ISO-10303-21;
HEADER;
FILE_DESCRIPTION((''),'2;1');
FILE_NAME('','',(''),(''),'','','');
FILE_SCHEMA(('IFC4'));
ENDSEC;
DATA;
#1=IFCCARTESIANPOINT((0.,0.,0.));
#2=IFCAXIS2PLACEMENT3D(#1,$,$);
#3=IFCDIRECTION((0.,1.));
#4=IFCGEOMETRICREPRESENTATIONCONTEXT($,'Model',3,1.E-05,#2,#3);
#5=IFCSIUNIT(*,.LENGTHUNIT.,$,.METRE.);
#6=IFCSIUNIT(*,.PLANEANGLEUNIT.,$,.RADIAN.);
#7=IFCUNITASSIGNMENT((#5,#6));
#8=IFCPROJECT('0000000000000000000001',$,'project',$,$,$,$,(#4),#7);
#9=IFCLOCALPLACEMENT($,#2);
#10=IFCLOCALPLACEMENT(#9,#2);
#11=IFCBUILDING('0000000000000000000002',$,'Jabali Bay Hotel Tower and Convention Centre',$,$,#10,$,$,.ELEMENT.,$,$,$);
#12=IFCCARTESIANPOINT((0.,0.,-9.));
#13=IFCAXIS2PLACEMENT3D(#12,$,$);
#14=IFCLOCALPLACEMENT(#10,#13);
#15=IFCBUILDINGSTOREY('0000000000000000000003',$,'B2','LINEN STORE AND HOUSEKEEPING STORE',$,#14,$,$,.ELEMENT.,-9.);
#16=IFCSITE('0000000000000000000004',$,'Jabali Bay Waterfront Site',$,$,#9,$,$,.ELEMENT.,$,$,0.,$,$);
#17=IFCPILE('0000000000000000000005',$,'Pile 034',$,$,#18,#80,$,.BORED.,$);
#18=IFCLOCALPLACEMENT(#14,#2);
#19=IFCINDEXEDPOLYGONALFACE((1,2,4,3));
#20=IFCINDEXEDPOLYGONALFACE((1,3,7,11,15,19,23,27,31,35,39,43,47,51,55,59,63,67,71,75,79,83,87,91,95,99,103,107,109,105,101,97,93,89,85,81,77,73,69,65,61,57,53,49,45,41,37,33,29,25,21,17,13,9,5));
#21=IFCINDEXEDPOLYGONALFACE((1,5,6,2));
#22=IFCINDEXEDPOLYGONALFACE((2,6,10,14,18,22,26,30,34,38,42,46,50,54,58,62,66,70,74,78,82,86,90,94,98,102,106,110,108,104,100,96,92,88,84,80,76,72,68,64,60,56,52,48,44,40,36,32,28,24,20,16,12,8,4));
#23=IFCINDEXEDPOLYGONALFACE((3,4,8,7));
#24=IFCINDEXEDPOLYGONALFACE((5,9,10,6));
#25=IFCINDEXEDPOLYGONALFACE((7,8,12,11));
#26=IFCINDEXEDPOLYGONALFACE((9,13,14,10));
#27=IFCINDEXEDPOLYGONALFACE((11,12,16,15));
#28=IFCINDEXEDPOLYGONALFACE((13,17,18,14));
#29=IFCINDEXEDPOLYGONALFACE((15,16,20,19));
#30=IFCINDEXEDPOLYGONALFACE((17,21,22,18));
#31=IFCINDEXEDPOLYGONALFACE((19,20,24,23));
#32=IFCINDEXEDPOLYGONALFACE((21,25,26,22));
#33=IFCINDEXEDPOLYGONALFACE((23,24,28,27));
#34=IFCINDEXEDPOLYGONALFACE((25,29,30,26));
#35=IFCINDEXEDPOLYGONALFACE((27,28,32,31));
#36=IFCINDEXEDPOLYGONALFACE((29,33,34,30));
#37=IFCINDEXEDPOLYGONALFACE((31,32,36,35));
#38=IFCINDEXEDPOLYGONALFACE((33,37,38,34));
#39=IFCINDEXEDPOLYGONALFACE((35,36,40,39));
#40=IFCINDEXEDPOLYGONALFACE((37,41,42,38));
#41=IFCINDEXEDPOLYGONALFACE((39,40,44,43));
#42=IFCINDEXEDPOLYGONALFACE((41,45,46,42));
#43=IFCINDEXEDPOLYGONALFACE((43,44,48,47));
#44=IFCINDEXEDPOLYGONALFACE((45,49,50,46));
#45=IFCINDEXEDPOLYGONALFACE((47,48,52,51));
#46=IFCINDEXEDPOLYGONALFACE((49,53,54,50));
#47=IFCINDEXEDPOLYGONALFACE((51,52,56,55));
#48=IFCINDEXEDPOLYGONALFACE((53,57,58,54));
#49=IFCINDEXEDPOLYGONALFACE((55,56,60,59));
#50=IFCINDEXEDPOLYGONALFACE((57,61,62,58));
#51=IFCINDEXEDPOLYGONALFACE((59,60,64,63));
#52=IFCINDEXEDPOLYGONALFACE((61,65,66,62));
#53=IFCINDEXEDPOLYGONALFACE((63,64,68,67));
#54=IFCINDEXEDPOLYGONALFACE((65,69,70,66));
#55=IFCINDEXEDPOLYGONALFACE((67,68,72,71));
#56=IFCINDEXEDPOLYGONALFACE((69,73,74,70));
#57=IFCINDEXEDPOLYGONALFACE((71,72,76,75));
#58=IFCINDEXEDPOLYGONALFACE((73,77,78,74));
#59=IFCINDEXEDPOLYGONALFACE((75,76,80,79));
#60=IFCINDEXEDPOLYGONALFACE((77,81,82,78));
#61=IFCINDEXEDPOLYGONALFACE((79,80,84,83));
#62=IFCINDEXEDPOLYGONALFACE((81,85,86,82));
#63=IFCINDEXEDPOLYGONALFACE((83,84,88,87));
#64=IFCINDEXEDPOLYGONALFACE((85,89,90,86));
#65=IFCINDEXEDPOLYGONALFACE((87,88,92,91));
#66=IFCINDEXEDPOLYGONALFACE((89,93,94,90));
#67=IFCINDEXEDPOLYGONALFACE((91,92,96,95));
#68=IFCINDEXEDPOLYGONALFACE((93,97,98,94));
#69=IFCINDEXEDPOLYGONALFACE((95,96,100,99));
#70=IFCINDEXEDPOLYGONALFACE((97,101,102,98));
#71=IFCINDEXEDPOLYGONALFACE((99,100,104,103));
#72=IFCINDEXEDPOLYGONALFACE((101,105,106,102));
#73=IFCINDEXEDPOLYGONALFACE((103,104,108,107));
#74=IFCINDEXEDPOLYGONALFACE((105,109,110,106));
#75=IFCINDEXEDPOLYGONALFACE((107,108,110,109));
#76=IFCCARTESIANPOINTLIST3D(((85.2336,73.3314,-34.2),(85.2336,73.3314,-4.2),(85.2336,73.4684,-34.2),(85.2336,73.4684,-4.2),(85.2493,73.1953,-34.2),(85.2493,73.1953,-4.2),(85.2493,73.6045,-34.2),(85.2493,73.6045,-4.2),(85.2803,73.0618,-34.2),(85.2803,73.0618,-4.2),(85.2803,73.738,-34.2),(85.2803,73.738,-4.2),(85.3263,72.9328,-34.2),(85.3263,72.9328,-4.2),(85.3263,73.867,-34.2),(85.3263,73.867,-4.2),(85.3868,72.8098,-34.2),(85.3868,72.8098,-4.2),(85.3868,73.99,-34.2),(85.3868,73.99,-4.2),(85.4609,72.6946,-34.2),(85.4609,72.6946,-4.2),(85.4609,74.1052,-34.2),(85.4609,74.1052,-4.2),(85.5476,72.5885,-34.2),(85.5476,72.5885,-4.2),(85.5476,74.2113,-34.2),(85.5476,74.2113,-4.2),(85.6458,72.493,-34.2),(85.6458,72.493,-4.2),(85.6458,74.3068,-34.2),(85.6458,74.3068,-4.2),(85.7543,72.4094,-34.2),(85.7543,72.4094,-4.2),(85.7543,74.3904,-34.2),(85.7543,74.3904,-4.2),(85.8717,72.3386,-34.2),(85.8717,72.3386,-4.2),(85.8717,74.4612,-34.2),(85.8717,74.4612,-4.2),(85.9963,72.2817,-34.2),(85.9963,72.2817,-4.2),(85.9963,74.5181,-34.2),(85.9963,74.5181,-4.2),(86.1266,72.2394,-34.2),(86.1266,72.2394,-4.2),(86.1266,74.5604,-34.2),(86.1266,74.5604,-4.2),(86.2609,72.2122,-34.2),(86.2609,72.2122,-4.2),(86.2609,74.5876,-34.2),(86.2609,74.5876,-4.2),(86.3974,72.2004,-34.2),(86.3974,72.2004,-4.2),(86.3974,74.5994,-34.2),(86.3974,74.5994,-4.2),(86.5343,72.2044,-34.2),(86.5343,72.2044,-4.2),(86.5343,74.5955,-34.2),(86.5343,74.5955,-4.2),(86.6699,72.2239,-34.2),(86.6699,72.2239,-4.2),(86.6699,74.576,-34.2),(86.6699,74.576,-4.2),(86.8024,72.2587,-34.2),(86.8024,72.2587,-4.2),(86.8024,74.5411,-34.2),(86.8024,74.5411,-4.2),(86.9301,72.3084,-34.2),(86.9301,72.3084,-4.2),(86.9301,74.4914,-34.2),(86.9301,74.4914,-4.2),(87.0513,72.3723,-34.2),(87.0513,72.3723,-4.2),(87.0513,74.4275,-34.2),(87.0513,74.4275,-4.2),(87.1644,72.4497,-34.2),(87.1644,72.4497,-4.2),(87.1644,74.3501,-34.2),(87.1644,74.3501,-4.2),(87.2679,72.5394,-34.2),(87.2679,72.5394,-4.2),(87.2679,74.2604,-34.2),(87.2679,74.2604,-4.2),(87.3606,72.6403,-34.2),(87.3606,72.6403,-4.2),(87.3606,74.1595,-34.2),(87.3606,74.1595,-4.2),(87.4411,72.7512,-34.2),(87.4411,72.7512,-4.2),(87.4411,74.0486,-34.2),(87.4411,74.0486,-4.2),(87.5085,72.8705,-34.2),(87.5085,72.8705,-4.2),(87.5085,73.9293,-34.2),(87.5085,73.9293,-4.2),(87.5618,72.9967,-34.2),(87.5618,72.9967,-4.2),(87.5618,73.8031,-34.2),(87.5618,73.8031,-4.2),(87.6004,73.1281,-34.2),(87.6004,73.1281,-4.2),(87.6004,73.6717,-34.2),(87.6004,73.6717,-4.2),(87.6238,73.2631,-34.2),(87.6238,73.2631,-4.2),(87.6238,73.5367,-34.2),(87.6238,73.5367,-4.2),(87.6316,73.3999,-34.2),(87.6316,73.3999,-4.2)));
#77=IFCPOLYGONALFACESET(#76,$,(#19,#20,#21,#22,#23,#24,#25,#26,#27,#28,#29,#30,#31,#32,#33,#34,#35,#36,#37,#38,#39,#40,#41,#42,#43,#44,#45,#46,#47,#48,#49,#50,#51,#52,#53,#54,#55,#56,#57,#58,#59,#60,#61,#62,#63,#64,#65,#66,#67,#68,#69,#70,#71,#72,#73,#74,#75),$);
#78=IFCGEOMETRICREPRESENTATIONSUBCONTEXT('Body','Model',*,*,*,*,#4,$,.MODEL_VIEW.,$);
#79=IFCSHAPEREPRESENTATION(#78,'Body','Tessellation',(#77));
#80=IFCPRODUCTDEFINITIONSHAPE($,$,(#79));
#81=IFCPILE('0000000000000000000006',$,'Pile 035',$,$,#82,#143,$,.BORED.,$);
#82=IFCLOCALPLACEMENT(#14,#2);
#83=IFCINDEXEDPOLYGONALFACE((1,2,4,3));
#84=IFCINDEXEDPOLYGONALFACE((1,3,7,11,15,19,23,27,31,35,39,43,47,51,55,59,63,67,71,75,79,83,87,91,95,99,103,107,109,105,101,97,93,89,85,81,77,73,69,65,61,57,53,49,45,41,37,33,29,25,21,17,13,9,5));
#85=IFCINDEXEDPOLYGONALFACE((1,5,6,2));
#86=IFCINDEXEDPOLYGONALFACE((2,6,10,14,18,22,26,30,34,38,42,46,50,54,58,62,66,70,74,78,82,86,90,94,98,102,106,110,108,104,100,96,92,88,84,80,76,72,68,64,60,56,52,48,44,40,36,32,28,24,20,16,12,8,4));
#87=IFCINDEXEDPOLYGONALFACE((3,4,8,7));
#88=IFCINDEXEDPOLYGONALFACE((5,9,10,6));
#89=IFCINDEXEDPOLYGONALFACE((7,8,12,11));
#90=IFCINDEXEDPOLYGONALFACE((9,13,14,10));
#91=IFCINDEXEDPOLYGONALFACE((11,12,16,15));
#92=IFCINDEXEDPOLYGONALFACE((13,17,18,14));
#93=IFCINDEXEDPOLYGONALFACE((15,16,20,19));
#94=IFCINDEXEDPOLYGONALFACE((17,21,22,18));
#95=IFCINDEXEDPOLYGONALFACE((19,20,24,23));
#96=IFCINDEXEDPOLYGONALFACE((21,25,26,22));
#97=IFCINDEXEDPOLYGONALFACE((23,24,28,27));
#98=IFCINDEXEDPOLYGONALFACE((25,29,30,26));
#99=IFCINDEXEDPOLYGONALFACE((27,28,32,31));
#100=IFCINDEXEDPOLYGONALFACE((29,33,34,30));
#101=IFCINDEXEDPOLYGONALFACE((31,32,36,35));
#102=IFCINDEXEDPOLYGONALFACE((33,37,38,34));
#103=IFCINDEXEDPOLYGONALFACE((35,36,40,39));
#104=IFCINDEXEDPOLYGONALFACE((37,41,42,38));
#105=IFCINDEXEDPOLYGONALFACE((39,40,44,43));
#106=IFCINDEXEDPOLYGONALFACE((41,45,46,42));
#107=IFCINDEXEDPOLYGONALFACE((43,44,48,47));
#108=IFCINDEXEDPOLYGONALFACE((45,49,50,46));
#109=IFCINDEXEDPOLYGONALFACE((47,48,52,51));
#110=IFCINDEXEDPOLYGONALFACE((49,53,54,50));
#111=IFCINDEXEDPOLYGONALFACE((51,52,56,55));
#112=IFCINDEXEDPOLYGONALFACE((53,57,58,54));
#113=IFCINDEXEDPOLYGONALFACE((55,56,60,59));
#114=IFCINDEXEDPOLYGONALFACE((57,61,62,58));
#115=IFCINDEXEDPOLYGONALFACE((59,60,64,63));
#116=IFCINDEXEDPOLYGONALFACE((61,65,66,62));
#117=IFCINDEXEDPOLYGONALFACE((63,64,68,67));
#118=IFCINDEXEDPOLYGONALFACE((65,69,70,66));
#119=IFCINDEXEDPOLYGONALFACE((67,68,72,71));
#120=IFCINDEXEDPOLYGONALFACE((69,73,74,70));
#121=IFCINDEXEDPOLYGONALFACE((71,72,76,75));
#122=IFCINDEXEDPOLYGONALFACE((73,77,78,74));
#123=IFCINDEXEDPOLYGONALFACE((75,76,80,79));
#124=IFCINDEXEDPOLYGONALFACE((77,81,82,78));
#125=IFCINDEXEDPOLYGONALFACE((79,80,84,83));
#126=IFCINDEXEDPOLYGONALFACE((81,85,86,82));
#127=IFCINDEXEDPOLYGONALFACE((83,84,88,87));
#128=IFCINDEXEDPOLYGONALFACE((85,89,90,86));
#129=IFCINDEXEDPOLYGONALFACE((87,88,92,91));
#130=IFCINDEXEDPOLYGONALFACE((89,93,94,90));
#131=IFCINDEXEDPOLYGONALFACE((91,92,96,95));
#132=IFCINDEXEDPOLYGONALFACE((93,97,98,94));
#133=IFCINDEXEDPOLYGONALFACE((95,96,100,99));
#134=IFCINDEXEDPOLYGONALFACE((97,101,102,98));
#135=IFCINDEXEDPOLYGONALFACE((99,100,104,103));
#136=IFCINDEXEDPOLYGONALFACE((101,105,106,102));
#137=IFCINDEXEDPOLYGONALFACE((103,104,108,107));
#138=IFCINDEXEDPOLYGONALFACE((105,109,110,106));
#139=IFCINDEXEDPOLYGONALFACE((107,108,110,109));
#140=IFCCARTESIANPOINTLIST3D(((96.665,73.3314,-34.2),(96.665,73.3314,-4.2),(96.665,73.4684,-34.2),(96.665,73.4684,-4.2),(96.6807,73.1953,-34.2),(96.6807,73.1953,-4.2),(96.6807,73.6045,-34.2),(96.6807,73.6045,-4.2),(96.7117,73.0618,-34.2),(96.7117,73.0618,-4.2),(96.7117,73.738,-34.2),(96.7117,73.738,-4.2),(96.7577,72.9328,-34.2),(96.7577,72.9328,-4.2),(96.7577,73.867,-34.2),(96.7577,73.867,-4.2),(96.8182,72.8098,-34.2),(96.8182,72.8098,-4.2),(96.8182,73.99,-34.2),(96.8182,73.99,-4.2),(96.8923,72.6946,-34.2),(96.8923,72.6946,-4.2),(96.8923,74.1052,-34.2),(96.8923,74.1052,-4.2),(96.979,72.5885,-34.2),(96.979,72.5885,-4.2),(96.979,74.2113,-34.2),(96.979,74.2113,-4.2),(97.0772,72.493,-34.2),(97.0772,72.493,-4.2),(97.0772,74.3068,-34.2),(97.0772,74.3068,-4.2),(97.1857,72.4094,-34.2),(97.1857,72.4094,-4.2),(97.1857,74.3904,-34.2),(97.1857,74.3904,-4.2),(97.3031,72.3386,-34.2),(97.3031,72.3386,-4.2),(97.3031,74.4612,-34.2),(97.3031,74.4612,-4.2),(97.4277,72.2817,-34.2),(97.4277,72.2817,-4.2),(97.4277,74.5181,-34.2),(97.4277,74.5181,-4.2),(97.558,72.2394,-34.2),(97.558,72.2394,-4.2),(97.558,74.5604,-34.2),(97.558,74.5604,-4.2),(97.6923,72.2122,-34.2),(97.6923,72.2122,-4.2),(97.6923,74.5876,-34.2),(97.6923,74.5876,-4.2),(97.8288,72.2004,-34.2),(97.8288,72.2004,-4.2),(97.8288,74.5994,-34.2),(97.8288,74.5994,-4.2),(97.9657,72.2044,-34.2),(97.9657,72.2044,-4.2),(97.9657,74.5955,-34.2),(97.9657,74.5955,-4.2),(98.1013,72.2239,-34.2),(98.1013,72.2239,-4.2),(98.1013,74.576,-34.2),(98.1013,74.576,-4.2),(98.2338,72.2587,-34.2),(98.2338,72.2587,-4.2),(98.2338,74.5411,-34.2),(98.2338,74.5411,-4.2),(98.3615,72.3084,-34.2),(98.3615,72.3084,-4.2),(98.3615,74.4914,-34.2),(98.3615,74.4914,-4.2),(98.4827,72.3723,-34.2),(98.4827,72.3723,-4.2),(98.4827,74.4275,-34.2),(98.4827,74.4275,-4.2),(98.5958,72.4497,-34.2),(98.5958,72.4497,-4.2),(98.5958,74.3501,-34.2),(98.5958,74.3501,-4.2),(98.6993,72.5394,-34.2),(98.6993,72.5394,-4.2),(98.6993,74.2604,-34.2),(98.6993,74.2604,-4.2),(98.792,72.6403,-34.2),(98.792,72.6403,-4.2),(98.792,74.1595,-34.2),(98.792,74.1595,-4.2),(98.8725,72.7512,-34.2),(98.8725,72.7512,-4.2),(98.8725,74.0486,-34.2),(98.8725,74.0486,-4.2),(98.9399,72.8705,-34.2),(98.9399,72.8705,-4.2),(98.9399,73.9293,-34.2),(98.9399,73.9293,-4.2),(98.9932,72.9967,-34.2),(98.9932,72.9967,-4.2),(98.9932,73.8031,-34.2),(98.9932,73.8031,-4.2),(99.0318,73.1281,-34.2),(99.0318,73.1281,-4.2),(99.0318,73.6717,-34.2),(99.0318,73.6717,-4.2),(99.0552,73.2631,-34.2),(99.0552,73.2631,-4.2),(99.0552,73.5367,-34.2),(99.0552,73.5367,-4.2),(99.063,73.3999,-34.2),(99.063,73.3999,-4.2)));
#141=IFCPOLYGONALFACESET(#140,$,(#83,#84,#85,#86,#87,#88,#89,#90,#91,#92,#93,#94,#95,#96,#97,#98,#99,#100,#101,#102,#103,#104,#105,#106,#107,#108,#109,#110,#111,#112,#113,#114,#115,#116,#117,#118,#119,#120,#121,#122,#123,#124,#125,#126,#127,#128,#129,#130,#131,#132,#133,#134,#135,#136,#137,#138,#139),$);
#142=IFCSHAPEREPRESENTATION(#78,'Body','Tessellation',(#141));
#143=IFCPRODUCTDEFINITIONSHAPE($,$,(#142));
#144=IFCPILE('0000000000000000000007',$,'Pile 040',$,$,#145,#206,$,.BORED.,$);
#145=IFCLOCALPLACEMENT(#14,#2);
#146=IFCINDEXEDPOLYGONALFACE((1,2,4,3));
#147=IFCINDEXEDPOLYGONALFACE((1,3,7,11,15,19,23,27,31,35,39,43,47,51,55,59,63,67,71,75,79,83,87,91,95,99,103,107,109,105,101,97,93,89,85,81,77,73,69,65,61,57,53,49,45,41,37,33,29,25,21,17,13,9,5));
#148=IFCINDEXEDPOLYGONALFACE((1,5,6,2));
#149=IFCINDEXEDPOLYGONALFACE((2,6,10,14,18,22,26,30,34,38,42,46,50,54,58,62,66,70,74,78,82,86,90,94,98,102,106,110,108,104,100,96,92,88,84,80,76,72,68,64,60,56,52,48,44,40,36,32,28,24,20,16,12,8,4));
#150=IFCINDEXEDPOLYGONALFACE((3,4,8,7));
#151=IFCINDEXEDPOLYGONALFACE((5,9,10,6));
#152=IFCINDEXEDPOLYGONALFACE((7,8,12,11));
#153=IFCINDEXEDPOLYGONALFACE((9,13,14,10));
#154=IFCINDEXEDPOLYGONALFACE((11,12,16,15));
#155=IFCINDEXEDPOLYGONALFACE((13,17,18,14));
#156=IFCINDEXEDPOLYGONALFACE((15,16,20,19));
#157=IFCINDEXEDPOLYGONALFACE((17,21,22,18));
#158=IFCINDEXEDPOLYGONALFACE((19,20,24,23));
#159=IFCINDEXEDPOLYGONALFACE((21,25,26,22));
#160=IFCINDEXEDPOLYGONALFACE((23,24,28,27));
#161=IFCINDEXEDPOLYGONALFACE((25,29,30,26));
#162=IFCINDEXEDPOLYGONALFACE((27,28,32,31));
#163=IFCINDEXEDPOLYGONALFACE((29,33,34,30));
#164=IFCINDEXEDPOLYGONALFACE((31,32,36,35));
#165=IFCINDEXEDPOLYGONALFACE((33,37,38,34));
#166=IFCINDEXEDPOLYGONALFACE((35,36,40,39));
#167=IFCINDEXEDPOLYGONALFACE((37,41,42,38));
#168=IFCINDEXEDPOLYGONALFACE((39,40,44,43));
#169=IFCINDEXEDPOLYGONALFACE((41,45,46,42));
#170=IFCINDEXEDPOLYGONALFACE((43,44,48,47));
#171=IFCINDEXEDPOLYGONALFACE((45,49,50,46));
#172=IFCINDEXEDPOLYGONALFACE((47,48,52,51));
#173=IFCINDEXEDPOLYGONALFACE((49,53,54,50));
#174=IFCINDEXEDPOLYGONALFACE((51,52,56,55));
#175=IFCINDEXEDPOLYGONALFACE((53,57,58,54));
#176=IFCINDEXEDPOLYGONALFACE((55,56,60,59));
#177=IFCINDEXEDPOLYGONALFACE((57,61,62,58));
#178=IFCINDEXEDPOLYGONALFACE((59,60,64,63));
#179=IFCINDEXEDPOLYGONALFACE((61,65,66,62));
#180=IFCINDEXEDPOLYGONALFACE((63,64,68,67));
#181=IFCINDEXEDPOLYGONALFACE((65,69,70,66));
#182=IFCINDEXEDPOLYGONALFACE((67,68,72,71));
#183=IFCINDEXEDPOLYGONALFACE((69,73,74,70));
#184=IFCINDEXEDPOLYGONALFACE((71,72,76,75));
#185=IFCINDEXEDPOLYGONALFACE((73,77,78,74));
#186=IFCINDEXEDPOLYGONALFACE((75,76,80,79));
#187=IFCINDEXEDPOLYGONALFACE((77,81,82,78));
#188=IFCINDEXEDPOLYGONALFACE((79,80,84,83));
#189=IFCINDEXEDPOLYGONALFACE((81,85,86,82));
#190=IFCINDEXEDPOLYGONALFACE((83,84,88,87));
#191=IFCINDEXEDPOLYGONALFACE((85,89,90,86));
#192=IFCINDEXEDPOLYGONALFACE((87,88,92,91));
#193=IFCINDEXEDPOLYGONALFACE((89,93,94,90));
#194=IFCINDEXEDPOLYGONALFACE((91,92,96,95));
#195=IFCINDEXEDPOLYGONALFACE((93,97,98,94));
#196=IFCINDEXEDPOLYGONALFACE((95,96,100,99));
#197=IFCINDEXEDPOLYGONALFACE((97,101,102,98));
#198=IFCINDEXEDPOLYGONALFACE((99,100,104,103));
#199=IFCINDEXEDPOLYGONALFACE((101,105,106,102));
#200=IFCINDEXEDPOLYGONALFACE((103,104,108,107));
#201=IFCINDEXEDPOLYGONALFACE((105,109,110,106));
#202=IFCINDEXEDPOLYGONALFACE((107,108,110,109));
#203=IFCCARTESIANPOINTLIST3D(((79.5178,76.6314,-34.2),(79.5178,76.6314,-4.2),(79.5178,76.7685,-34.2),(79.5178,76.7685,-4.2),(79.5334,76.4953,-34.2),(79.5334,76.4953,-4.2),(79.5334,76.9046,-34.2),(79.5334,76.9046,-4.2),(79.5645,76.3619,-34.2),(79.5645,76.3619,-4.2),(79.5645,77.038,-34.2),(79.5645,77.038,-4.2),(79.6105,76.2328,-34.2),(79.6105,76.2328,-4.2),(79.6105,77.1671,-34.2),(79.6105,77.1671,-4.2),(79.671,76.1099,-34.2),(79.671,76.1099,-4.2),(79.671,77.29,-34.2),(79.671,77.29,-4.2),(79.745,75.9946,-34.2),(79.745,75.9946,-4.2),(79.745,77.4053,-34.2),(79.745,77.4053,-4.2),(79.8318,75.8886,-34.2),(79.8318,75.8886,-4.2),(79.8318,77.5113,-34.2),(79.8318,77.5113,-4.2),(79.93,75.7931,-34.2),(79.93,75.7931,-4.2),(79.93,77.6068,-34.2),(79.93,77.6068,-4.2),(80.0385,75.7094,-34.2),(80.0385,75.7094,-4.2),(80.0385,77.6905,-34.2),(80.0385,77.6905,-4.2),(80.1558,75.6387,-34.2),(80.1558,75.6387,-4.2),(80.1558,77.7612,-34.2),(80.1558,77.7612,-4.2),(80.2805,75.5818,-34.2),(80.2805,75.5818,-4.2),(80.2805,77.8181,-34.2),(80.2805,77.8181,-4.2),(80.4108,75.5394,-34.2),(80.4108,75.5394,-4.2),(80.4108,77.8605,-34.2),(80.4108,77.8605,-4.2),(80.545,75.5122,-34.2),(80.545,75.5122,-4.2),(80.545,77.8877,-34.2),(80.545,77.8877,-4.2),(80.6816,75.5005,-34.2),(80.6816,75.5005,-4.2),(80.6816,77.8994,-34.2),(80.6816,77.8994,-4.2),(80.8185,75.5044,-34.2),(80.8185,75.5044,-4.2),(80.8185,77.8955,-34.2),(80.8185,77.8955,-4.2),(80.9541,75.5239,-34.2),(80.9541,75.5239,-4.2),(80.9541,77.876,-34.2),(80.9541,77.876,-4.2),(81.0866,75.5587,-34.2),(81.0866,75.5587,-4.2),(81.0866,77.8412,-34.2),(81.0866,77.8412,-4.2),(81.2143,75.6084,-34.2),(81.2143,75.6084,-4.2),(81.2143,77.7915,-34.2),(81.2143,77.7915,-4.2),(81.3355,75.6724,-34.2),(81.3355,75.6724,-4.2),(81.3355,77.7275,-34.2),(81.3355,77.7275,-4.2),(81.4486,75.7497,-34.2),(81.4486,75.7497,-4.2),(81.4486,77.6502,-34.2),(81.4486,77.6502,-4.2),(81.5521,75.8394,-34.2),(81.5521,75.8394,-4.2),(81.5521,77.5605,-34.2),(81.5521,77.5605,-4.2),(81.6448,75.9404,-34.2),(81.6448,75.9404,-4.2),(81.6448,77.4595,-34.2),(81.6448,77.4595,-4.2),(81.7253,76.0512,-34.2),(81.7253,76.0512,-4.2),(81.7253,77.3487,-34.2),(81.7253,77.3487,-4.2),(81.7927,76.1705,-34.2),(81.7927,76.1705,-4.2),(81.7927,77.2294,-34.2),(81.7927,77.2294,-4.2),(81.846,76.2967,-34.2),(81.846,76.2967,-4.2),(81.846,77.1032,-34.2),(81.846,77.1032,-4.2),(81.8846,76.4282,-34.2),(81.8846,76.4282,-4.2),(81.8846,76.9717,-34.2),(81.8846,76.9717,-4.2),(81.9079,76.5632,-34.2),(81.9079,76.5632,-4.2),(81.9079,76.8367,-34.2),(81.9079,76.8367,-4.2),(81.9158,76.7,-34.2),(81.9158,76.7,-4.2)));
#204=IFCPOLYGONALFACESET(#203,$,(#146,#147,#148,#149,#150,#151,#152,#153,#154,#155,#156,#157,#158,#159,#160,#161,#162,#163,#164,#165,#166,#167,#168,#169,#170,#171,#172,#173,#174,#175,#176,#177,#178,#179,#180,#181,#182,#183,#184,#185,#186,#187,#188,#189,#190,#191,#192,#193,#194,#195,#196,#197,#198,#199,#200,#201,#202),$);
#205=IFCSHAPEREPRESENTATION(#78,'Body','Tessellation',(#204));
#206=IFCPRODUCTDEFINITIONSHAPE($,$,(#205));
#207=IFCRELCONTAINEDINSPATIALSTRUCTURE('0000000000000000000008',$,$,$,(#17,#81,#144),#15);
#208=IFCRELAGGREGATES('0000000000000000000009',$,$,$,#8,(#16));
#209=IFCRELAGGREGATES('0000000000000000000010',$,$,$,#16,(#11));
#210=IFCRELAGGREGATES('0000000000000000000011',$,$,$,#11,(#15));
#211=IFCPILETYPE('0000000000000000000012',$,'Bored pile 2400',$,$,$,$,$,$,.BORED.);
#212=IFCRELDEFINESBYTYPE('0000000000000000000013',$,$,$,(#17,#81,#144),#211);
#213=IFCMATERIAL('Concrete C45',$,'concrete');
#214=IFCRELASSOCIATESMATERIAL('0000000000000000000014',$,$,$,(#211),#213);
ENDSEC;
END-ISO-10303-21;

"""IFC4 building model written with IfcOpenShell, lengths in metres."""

from ifc_helpers import new_model, si_unit, direction, frame, origin, origin_2d, place, context, subcontext, project, spatial, circle, extrude, material, material_profile, profile_set, type_object, element, save


model = new_model("IFC4")

# Units and contexts
model_context = context("Model", 3, precision=1e-05, world=origin(), true_north=direction((0.0, 1.0)))
body_context = subcontext(model_context, "Body", "Model", "MODEL_VIEW")
ifc_project = project(units=[si_unit("LENGTHUNIT", "METRE"), si_unit("PLANEANGLEUNIT", "RADIAN")], contexts=[model_context])

# Site, building, storey
site_placement = place(None, origin())
site = spatial("IfcSite", under=ifc_project, at=site_placement, Name="Jabali Bay Waterfront Site", CompositionType="ELEMENT", RefElevation=0.0)
building_placement = place(site_placement, origin())
building = spatial("IfcBuilding", under=site, at=building_placement, Name="Jabali Bay Hotel Tower and Convention Centre", CompositionType="ELEMENT")
storey_placement = place(building_placement, frame((0.0, 0.0, -9.0)))
storey = spatial("IfcBuildingStorey", under=building, at=storey_placement, Name="B2", Description="LINEN STORE AND HOUSEKEEPING STORE", CompositionType="ELEMENT", Elevation=-9.0)

# Piles
ifc_material_1 = material(Name="Concrete C45", Category="concrete")
ifc_material_profile_1 = material_profile(ifc_material_1, circle(Radius=1.2, at=origin_2d()), Name="Bored pile 2400")
ifc_profile_set_1 = profile_set([ifc_material_profile_1], Name="Concrete C45")
pile_type = type_object("IfcPileType", Name="Bored pile 2400", PredefinedType="BORED", material=ifc_profile_set_1)
for number, where, z_axis, x_axis, name in (
    (1, (86.4316, 73.3999, -4.2), (0.0, 0.0, -1.0), (1.0, 0.0, 0.0), "Pile 034"),
    (2, (97.863, 73.3999, -4.2), (0.0, 0.0, -1.0), (1.0, 0.0, 0.0), "Pile 035"),
    (3, (80.7158, 76.7, -4.2), (0.0, 0.0, -1.0), (1.0, 0.0, 0.0), "Pile 040"),
):
    element("IfcPile", number, at=place(storey_placement, frame(where, z_axis=z_axis, x_axis=x_axis)), inside=storey, type_object=pile_type, Name=name, PredefinedType="BORED", context=body_context, shape_type="SweptSolid", body=[
        extrude(circle(Radius=1.2, at=origin_2d()), origin(), (0.0, 0.0, 1.0), 30.0),
    ])

save(model, "model.ifc")
